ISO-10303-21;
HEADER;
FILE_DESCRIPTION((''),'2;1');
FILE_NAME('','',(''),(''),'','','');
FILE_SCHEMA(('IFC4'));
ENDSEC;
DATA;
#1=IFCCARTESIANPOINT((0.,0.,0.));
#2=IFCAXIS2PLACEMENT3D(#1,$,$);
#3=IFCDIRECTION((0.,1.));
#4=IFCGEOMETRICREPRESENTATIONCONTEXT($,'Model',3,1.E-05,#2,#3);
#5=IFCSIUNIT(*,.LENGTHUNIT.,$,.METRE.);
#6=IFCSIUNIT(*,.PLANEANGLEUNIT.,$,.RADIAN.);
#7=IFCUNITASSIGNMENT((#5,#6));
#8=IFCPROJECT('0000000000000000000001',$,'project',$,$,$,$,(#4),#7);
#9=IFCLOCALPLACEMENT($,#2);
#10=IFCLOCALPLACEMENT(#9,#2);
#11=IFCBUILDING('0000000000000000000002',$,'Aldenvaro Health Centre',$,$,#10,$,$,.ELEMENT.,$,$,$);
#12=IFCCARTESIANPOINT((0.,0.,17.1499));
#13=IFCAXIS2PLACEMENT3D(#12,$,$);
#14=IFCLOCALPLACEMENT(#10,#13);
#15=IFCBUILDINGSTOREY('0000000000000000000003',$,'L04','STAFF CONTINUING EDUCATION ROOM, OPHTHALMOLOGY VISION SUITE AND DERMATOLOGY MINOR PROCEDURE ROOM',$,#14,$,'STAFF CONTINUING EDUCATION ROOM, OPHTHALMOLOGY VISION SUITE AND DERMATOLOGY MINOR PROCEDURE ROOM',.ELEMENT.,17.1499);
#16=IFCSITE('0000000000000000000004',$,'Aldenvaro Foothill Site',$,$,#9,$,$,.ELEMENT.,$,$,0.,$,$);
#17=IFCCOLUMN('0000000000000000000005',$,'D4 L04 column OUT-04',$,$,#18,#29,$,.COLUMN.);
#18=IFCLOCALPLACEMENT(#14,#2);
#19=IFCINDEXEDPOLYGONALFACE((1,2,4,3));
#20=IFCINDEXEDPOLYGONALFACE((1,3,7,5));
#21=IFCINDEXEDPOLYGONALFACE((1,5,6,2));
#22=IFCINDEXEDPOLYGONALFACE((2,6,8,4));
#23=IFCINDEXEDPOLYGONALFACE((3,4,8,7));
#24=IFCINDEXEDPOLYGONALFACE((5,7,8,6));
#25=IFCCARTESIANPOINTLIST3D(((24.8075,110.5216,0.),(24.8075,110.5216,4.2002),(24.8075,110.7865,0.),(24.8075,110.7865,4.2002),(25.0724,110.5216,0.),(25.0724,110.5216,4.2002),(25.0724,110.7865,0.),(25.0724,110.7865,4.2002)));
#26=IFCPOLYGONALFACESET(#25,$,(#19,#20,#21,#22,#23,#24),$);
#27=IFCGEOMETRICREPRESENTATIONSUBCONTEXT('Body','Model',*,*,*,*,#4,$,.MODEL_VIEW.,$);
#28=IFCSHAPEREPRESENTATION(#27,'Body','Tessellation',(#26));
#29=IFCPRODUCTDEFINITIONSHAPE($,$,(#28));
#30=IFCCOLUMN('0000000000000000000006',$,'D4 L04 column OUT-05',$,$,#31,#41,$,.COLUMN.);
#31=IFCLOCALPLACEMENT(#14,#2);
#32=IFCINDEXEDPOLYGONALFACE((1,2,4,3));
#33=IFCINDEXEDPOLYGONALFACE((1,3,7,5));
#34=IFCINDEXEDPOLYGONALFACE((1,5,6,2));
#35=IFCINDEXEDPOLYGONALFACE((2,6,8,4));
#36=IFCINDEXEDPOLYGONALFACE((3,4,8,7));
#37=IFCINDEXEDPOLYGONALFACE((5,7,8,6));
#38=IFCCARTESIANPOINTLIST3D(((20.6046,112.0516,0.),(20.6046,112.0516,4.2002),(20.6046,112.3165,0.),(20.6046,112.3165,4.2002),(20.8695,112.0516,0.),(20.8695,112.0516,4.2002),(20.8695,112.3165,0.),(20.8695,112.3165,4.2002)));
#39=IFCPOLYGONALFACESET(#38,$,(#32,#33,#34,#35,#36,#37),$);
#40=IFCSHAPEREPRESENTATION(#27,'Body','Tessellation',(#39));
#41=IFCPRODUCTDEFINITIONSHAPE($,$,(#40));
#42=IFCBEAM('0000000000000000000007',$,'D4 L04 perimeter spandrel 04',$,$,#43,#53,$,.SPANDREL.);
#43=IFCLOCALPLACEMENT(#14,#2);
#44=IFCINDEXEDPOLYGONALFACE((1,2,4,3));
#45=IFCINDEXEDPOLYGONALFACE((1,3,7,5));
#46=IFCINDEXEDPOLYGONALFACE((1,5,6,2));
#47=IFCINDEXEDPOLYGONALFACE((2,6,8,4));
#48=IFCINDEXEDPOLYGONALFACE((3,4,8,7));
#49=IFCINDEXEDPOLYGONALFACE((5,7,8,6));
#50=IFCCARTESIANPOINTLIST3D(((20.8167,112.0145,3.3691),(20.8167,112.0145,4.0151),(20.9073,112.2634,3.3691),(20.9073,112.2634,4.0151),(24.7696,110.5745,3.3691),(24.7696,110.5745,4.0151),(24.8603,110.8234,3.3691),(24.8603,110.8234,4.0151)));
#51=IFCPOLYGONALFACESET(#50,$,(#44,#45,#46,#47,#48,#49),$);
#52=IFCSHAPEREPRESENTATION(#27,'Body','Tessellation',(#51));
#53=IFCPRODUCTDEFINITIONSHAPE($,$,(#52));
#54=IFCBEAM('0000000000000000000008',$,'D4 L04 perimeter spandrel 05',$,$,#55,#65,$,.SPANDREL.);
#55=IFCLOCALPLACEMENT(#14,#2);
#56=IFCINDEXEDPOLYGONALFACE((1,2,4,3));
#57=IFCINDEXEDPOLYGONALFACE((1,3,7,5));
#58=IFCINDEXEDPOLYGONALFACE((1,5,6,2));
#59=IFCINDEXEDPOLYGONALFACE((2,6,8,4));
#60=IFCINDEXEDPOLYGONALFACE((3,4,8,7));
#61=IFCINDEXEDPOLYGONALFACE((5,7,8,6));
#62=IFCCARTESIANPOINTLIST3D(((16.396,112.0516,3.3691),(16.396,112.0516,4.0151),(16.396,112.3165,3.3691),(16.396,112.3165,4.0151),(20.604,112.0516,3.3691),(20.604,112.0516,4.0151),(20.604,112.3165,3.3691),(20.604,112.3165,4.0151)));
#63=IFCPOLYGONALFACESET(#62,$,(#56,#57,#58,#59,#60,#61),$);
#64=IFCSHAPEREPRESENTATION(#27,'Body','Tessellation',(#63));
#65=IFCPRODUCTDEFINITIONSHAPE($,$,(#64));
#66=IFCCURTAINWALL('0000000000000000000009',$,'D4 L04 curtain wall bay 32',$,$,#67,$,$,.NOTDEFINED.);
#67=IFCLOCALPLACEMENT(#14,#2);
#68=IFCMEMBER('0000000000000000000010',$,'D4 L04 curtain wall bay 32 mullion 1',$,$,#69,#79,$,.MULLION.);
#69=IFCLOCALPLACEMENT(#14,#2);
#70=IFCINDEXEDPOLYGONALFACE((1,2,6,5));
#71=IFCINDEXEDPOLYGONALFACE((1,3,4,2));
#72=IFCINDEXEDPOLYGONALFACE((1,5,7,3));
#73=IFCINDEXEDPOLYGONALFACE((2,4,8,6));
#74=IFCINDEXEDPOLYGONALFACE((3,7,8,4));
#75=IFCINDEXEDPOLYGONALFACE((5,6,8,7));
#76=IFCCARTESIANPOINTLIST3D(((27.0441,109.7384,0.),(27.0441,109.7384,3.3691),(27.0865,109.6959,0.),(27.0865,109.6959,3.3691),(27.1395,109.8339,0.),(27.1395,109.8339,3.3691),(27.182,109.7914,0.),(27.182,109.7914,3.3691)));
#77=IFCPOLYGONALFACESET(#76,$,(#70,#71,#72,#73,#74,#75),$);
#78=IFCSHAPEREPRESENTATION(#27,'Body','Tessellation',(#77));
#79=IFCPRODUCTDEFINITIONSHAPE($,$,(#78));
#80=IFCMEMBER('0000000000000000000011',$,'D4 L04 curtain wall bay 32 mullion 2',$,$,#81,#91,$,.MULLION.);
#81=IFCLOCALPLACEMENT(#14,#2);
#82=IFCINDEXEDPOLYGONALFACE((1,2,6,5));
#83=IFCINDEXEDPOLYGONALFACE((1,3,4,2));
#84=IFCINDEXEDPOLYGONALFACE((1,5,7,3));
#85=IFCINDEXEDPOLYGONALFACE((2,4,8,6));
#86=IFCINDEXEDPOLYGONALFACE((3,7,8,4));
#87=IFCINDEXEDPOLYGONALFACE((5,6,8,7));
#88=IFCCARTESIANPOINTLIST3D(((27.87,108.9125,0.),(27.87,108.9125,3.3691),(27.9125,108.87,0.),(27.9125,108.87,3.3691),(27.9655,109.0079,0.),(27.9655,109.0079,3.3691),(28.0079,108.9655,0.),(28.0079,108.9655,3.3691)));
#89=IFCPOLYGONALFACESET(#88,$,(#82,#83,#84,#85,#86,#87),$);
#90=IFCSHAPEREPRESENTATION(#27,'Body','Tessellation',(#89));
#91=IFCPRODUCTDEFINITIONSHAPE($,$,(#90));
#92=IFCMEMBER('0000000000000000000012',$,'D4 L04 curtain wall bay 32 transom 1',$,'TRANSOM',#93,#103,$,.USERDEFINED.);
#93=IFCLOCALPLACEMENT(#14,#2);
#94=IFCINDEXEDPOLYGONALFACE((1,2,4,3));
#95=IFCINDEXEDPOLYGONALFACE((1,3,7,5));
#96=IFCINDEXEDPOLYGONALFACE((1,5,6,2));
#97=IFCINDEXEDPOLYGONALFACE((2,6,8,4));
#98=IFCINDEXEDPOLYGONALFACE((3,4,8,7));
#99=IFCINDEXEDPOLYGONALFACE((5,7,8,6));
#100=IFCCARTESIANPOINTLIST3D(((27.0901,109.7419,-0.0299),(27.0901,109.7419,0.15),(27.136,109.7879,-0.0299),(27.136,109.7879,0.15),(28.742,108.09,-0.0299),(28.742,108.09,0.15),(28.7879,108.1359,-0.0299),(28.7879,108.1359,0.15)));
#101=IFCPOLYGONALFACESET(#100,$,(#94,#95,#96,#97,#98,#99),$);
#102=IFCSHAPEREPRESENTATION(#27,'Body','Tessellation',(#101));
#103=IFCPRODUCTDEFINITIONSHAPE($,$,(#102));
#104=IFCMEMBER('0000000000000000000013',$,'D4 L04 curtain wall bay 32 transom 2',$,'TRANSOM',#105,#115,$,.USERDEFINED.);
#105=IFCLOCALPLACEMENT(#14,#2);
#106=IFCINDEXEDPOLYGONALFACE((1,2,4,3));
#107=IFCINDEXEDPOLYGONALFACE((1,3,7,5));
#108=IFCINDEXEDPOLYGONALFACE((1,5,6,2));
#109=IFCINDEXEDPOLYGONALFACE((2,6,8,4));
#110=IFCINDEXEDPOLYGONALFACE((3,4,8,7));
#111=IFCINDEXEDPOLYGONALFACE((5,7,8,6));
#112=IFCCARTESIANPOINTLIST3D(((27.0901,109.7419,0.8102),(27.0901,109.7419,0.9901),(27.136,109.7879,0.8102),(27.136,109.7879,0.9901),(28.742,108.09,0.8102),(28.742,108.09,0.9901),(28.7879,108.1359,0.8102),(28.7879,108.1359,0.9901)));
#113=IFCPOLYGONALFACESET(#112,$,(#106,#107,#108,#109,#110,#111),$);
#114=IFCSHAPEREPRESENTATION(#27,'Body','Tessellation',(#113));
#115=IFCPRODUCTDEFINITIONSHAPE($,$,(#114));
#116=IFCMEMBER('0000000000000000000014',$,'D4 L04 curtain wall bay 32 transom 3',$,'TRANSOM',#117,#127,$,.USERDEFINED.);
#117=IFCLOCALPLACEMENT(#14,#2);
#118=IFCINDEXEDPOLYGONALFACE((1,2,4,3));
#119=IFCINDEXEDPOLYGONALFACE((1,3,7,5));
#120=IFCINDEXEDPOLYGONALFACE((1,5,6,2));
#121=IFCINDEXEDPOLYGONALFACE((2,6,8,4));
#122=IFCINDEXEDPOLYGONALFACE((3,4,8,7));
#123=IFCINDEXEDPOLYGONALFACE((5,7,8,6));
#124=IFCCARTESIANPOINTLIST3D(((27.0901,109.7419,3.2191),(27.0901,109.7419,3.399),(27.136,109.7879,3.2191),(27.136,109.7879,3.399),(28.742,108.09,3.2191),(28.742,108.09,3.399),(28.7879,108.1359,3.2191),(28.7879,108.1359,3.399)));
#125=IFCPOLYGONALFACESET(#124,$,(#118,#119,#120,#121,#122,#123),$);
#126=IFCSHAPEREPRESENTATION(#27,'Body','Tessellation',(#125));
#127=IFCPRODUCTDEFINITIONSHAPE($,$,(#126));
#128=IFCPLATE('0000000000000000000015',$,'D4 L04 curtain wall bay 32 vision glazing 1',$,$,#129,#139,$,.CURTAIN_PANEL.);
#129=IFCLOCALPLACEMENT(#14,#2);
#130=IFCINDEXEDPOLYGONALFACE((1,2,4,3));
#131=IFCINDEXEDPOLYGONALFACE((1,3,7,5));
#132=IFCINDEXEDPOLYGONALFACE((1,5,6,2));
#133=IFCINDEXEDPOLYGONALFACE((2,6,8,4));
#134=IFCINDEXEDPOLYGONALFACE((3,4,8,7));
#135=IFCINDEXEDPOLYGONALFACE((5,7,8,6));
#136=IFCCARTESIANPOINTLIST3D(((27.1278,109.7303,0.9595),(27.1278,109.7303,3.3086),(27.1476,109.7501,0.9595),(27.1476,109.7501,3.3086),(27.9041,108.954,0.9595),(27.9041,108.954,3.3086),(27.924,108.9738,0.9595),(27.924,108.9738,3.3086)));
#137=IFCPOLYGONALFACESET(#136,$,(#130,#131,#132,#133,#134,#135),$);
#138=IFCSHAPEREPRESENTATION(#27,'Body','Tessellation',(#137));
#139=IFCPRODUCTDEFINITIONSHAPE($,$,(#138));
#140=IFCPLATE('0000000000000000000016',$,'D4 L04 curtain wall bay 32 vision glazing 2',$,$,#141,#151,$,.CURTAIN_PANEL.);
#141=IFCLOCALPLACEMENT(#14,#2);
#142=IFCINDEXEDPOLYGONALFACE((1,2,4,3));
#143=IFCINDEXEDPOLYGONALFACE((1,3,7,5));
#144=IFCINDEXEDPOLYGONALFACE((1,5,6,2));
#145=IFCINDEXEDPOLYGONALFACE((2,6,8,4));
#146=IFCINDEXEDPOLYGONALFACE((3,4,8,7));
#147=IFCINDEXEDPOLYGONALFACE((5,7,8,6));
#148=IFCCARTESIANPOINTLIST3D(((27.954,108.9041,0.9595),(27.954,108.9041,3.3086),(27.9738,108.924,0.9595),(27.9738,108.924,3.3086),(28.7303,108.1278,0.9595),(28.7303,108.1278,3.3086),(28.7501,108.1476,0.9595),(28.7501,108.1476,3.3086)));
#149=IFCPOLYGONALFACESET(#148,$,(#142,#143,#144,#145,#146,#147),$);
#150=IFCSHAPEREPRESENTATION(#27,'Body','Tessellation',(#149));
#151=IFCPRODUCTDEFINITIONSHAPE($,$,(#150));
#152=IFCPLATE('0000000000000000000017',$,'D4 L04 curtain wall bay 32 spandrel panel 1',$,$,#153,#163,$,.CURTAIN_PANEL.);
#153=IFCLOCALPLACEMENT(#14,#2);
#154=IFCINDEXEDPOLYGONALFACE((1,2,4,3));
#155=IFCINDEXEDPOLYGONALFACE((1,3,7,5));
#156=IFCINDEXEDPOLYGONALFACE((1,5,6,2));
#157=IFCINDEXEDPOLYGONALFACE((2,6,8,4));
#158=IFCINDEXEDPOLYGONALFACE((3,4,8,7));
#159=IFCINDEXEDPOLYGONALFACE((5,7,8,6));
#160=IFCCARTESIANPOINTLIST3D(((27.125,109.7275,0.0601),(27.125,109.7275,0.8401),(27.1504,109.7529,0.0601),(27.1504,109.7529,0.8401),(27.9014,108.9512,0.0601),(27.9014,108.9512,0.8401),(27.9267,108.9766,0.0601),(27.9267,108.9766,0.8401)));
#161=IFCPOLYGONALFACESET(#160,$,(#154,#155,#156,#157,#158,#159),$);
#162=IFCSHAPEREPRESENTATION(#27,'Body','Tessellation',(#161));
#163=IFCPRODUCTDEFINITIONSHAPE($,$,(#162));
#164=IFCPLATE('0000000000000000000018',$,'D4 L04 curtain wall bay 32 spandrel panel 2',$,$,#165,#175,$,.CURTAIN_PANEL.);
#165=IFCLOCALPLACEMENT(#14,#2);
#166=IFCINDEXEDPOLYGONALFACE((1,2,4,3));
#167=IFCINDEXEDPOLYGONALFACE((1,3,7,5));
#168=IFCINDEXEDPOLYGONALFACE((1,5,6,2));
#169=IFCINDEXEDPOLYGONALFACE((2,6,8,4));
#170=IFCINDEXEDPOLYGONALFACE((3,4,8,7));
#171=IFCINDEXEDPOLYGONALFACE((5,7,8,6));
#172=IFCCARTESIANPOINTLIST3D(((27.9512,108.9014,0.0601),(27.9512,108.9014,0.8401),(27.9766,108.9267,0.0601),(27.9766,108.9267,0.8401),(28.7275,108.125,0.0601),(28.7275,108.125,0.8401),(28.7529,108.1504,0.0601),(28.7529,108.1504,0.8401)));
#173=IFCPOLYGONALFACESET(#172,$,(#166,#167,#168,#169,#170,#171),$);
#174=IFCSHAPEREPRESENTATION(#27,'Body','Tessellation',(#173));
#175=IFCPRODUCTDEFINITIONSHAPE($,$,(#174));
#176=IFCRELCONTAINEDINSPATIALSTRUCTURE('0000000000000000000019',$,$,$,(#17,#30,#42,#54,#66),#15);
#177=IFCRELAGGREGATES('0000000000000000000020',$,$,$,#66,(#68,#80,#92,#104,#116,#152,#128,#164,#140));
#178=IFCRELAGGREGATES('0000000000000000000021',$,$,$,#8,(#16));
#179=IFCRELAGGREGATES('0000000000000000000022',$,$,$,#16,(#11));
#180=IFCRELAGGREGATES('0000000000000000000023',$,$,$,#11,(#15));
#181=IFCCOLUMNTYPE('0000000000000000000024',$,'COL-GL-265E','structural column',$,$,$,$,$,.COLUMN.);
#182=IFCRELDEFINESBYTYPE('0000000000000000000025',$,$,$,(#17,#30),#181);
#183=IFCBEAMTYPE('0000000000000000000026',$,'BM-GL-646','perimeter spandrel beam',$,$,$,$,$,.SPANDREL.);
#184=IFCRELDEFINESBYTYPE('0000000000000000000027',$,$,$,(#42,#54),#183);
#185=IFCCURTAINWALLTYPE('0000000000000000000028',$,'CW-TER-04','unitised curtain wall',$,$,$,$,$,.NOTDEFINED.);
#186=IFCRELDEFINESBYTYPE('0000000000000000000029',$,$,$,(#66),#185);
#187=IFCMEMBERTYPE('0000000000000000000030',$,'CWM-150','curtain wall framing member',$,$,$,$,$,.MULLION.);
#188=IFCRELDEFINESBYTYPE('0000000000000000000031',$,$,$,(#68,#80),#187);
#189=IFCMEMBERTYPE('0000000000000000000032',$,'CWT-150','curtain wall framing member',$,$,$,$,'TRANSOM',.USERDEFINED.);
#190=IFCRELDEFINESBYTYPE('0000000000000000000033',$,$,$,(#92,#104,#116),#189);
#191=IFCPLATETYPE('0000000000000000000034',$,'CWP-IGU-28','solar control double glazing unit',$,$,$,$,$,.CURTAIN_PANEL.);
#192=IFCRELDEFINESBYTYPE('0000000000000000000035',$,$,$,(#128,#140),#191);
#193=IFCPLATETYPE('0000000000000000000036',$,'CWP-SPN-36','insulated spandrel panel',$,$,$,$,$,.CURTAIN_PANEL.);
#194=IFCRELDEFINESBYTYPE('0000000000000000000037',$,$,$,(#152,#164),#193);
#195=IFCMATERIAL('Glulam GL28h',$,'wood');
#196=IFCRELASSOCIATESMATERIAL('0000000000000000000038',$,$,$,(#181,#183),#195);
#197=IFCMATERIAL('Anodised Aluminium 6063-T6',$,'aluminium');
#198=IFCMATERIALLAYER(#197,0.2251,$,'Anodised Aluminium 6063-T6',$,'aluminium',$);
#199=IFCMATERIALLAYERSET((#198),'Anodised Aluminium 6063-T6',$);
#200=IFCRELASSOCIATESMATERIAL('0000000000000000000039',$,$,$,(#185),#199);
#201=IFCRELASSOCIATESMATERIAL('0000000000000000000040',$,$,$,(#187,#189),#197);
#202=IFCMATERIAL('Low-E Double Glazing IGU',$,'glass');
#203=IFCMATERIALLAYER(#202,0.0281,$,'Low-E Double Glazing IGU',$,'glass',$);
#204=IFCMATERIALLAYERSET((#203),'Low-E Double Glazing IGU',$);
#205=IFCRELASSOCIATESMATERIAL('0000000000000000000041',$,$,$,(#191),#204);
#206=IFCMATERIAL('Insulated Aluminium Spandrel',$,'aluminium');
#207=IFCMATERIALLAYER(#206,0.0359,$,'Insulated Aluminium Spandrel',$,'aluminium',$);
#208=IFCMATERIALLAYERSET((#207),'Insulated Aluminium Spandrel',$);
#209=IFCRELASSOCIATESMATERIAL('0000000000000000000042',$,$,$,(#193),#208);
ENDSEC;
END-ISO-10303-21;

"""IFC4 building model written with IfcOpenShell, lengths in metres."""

from ifc_helpers import new_model, si_unit, direction, frame, origin, origin_2d, place, context, subcontext, project, spatial, rectangle, extrude, material, layer, layer_set, material_profile, profile_set, type_object, element, aggregate, save


model = new_model("IFC4")

# Units and contexts
model_context = context("Model", 3, precision=1e-05, world=origin(), true_north=direction((0.0, 1.0)))
body_context = subcontext(model_context, "Body", "Model", "MODEL_VIEW")
ifc_project = project(units=[si_unit("LENGTHUNIT", "METRE"), si_unit("PLANEANGLEUNIT", "RADIAN")], contexts=[model_context])

# Site, building, storey
site_placement = place(None, origin())
site = spatial("IfcSite", under=ifc_project, at=site_placement, Name="Aldenvaro Foothill Site", CompositionType="ELEMENT", RefElevation=0.0)
building_placement = place(site_placement, origin())
building = spatial("IfcBuilding", under=site, at=building_placement, Name="Aldenvaro Health Centre", CompositionType="ELEMENT")
storey_placement = place(building_placement, frame((0.0, 0.0, 17.1499)))
storey = spatial("IfcBuildingStorey", under=building, at=storey_placement, Name="L04", Description="STAFF CONTINUING EDUCATION ROOM, OPHTHALMOLOGY VISION SUITE AND DERMATOLOGY MINOR PROCEDURE ROOM", LongName="STAFF CONTINUING EDUCATION ROOM, OPHTHALMOLOGY VISION SUITE AND DERMATOLOGY MINOR PROCEDURE ROOM", CompositionType="ELEMENT", Elevation=17.1499)

# Columns
ifc_material_1 = material(Name="Glulam GL28h", Category="wood")
ifc_material_profile_1 = material_profile(ifc_material_1, rectangle(XDim=0.2649, YDim=0.2649, at=origin_2d()), Name="GL 265x265", Category="wood")
ifc_profile_set_1 = profile_set([ifc_material_profile_1], Name="Glulam GL28h")
column_type = type_object("IfcColumnType", Name="COL-GL-265E", Description="structural column", PredefinedType="COLUMN", material=ifc_profile_set_1)
for number, where, z_axis, x_axis, name in (
    (1, (24.9399, 110.6541, 0.0), (0.0, 0.0, 1.0), (1.0, 0.0, 0.0), "D4 L04 column OUT-04"),
    (2, (20.7371, 112.1841, 0.0), (0.0, 0.0, 1.0), (1.0, 0.0, 0.0), "D4 L04 column OUT-05"),
):
    element("IfcColumn", number, at=place(storey_placement, frame(where, z_axis=z_axis, x_axis=x_axis)), inside=storey, type_object=column_type, Name=name, PredefinedType="COLUMN", context=body_context, shape_type="SweptSolid", body=[
        extrude(rectangle(XDim=0.2649, YDim=0.2649, at=origin_2d()), origin(), (0.0, 0.0, 1.0), 4.2002),
    ])

# Beams
ifc_material_profile_2 = material_profile(ifc_material_1, rectangle(XDim=0.2649, YDim=0.646, at=origin_2d()), Name="GL 265x646", Category="wood")
ifc_profile_set_2 = profile_set([ifc_material_profile_2], Name="Glulam GL28h")
beam_type = type_object("IfcBeamType", Name="BM-GL-646", Description="perimeter spandrel beam", PredefinedType="SPANDREL", material=ifc_profile_set_2)
beam_1_placement = place(storey_placement, frame((24.8149, 110.699, 3.6921), z_axis=(-0.9396, 0.342274, 0.0), x_axis=(-0.342274, -0.9396, 0.0)))
element("IfcBeam", 3, at=beam_1_placement, inside=storey, type_object=beam_type, Name="D4 L04 perimeter spandrel 04", PredefinedType="SPANDREL", context=body_context, shape_type="SweptSolid", body=[
    extrude(rectangle(XDim=0.2649, YDim=0.646, at=origin_2d()), origin(), (0.0, 0.0, 1.0), 4.207),
])
beam_2_placement = place(storey_placement, frame((20.604, 112.1841, 3.6921), z_axis=(-1.0, 0.0, 0.0), x_axis=(0.0, -1.0, 0.0)))
element("IfcBeam", 4, at=beam_2_placement, inside=storey, type_object=beam_type, Name="D4 L04 perimeter spandrel 05", PredefinedType="SPANDREL", context=body_context, shape_type="SweptSolid", body=[
    extrude(rectangle(XDim=0.2649, YDim=0.646, at=origin_2d()), origin(), (0.0, 0.0, 1.0), 4.208),
])

# Curtain wall, members, plates
ifc_material_2 = material(Name="Anodised Aluminium 6063-T6", Category="aluminium")
ifc_layer_1 = layer(ifc_material_2, 0.2251, Name="Anodised Aluminium 6063-T6", Category="aluminium")
ifc_layer_set_1 = layer_set([ifc_layer_1], Name="Anodised Aluminium 6063-T6")
curtain_wall_type = type_object("IfcCurtainWallType", Name="CW-TER-04", Description="unitised curtain wall", PredefinedType="NOTDEFINED", material=ifc_layer_set_1)
curtain_wall_placement = place(storey_placement, origin())
curtain_wall = element("IfcCurtainWall", 5, at=curtain_wall_placement, inside=storey, type_object=curtain_wall_type, Name="D4 L04 curtain wall bay 32", PredefinedType="NOTDEFINED")
ifc_material_profile_3 = material_profile(ifc_material_2, rectangle(XDim=0.0601, YDim=0.135, at=origin_2d()), Name="ALU 60x135", Category="aluminium")
ifc_profile_set_3 = profile_set([ifc_material_profile_3], Name="Anodised Aluminium 6063-T6")
member_type_1 = type_object("IfcMemberType", Name="CWM-150", Description="curtain wall framing member", PredefinedType="MULLION", material=ifc_profile_set_3)
member_1_placement = place(storey_placement, frame((27.113, 109.7649, 0.0), z_axis=(0.0, 0.0, 1.0), x_axis=(0.707107, -0.707107, 0.0)))
member_1 = element("IfcMember", 6, at=member_1_placement, type_object=member_type_1, Name="D4 L04 curtain wall bay 32 mullion 1", PredefinedType="MULLION", context=body_context, shape_type="SweptSolid", body=[
    extrude(rectangle(XDim=0.0601, YDim=0.135, at=origin_2d()), origin(), (0.0, 0.0, 1.0), 3.3691),
])
member_2_placement = place(storey_placement, frame((27.939, 108.939, 0.0), z_axis=(0.0, 0.0, 1.0), x_axis=(0.707107, -0.707107, 0.0)))
member_2 = element("IfcMember", 7, at=member_2_placement, type_object=member_type_1, Name="D4 L04 curtain wall bay 32 mullion 2", PredefinedType="MULLION", context=body_context, shape_type="SweptSolid", body=[
    extrude(rectangle(XDim=0.0601, YDim=0.135, at=origin_2d()), origin(), (0.0, 0.0, 1.0), 3.3691),
])
ifc_material_profile_4 = material_profile(ifc_material_2, rectangle(XDim=0.0649, YDim=0.1799, at=origin_2d()), Name="ALU 65x180", Category="aluminium")
ifc_profile_set_4 = profile_set([ifc_material_profile_4], Name="Anodised Aluminium 6063-T6")
member_type_2 = type_object("IfcMemberType", Name="CWT-150", Description="curtain wall framing member", ElementType="TRANSOM", PredefinedType="USERDEFINED", material=ifc_profile_set_4)
member_3_placement = place(storey_placement, frame((27.113, 109.7649, 0.0601), z_axis=(0.707107, -0.707107, 0.0), x_axis=(0.707107, 0.707107, 0.0)))
member_3 = element("IfcMember", 8, at=member_3_placement, type_object=member_type_2, Name="D4 L04 curtain wall bay 32 transom 1", ObjectType="TRANSOM", PredefinedType="USERDEFINED", context=body_context, shape_type="SweptSolid", body=[
    extrude(rectangle(XDim=0.0649, YDim=0.1799, at=origin_2d()), origin(), (0.0, 0.0, 1.0), 2.3362),
])
member_4_placement = place(storey_placement, frame((27.113, 109.7649, 0.9001), z_axis=(0.707107, -0.707107, 0.0), x_axis=(0.707107, 0.707107, 0.0)))
member_4 = element("IfcMember", 9, at=member_4_placement, type_object=member_type_2, Name="D4 L04 curtain wall bay 32 transom 2", ObjectType="TRANSOM", PredefinedType="USERDEFINED", context=body_context, shape_type="SweptSolid", body=[
    extrude(rectangle(XDim=0.0649, YDim=0.1799, at=origin_2d()), origin(), (0.0, 0.0, 1.0), 2.3362),
])
member_5_placement = place(storey_placement, frame((27.113, 109.7649, 3.3091), z_axis=(0.707107, -0.707107, 0.0), x_axis=(0.707107, 0.707107, 0.0)))
member_5 = element("IfcMember", 10, at=member_5_placement, type_object=member_type_2, Name="D4 L04 curtain wall bay 32 transom 3", ObjectType="TRANSOM", PredefinedType="USERDEFINED", context=body_context, shape_type="SweptSolid", body=[
    extrude(rectangle(XDim=0.0649, YDim=0.1799, at=origin_2d()), origin(), (0.0, 0.0, 1.0), 2.3362),
])
ifc_material_3 = material(Name="Low-E Double Glazing IGU", Category="glass")
ifc_layer_2 = layer(ifc_material_3, 0.0281, Name="Low-E Double Glazing IGU", Category="glass")
ifc_layer_set_2 = layer_set([ifc_layer_2], Name="Low-E Double Glazing IGU")
plate_type_1 = type_object("IfcPlateType", Name="CWP-IGU-28", Description="solar control double glazing unit", PredefinedType="CURTAIN_PANEL", material=ifc_layer_set_2)
plate_1_placement = place(storey_placement, frame((27.5259, 109.3521, 0.9595), z_axis=(0.0, 0.0, 1.0), x_axis=(0.707107, -0.707107, 0.0)))
plate_1 = element("IfcPlate", 11, at=plate_1_placement, type_object=plate_type_1, Name="D4 L04 curtain wall bay 32 vision glazing 1", PredefinedType="CURTAIN_PANEL", context=body_context, shape_type="SweptSolid", body=[
    extrude(rectangle(XDim=1.0979, YDim=0.0281, at=origin_2d()), origin(), (0.0, 0.0, 1.0), 2.3491),
])
plate_2_placement = place(storey_placement, frame((28.3521, 108.5259, 0.9595), z_axis=(0.0, 0.0, 1.0), x_axis=(0.707107, -0.707107, 0.0)))
plate_2 = element("IfcPlate", 12, at=plate_2_placement, type_object=plate_type_1, Name="D4 L04 curtain wall bay 32 vision glazing 2", PredefinedType="CURTAIN_PANEL", context=body_context, shape_type="SweptSolid", body=[
    extrude(rectangle(XDim=1.0979, YDim=0.0281, at=origin_2d()), origin(), (0.0, 0.0, 1.0), 2.3491),
])
ifc_material_4 = material(Name="Insulated Aluminium Spandrel", Category="aluminium")
ifc_layer_3 = layer(ifc_material_4, 0.0359, Name="Insulated Aluminium Spandrel", Category="aluminium")
ifc_layer_set_3 = layer_set([ifc_layer_3], Name="Insulated Aluminium Spandrel")
plate_type_2 = type_object("IfcPlateType", Name="CWP-SPN-36", Description="insulated spandrel panel", PredefinedType="CURTAIN_PANEL", material=ifc_layer_set_3)
plate_3_placement = place(storey_placement, frame((27.5259, 109.3521, 0.0601), z_axis=(0.0, 0.0, 1.0), x_axis=(0.707107, -0.707107, 0.0)))
plate_3 = element("IfcPlate", 13, at=plate_3_placement, type_object=plate_type_2, Name="D4 L04 curtain wall bay 32 spandrel panel 1", PredefinedType="CURTAIN_PANEL", context=body_context, shape_type="SweptSolid", body=[
    extrude(rectangle(XDim=1.0979, YDim=0.0359, at=origin_2d()), origin(), (0.0, 0.0, 1.0), 0.78),
])
plate_4_placement = place(storey_placement, frame((28.3521, 108.5259, 0.0601), z_axis=(0.0, 0.0, 1.0), x_axis=(0.707107, -0.707107, 0.0)))
plate_4 = element("IfcPlate", 14, at=plate_4_placement, type_object=plate_type_2, Name="D4 L04 curtain wall bay 32 spandrel panel 2", PredefinedType="CURTAIN_PANEL", context=body_context, shape_type="SweptSolid", body=[
    extrude(rectangle(XDim=1.0979, YDim=0.0359, at=origin_2d()), origin(), (0.0, 0.0, 1.0), 0.78),
])
aggregate(curtain_wall, [member_1, member_2, member_3, member_4, member_5, plate_3, plate_1, plate_4, plate_2])

save(model, "model.ifc")
